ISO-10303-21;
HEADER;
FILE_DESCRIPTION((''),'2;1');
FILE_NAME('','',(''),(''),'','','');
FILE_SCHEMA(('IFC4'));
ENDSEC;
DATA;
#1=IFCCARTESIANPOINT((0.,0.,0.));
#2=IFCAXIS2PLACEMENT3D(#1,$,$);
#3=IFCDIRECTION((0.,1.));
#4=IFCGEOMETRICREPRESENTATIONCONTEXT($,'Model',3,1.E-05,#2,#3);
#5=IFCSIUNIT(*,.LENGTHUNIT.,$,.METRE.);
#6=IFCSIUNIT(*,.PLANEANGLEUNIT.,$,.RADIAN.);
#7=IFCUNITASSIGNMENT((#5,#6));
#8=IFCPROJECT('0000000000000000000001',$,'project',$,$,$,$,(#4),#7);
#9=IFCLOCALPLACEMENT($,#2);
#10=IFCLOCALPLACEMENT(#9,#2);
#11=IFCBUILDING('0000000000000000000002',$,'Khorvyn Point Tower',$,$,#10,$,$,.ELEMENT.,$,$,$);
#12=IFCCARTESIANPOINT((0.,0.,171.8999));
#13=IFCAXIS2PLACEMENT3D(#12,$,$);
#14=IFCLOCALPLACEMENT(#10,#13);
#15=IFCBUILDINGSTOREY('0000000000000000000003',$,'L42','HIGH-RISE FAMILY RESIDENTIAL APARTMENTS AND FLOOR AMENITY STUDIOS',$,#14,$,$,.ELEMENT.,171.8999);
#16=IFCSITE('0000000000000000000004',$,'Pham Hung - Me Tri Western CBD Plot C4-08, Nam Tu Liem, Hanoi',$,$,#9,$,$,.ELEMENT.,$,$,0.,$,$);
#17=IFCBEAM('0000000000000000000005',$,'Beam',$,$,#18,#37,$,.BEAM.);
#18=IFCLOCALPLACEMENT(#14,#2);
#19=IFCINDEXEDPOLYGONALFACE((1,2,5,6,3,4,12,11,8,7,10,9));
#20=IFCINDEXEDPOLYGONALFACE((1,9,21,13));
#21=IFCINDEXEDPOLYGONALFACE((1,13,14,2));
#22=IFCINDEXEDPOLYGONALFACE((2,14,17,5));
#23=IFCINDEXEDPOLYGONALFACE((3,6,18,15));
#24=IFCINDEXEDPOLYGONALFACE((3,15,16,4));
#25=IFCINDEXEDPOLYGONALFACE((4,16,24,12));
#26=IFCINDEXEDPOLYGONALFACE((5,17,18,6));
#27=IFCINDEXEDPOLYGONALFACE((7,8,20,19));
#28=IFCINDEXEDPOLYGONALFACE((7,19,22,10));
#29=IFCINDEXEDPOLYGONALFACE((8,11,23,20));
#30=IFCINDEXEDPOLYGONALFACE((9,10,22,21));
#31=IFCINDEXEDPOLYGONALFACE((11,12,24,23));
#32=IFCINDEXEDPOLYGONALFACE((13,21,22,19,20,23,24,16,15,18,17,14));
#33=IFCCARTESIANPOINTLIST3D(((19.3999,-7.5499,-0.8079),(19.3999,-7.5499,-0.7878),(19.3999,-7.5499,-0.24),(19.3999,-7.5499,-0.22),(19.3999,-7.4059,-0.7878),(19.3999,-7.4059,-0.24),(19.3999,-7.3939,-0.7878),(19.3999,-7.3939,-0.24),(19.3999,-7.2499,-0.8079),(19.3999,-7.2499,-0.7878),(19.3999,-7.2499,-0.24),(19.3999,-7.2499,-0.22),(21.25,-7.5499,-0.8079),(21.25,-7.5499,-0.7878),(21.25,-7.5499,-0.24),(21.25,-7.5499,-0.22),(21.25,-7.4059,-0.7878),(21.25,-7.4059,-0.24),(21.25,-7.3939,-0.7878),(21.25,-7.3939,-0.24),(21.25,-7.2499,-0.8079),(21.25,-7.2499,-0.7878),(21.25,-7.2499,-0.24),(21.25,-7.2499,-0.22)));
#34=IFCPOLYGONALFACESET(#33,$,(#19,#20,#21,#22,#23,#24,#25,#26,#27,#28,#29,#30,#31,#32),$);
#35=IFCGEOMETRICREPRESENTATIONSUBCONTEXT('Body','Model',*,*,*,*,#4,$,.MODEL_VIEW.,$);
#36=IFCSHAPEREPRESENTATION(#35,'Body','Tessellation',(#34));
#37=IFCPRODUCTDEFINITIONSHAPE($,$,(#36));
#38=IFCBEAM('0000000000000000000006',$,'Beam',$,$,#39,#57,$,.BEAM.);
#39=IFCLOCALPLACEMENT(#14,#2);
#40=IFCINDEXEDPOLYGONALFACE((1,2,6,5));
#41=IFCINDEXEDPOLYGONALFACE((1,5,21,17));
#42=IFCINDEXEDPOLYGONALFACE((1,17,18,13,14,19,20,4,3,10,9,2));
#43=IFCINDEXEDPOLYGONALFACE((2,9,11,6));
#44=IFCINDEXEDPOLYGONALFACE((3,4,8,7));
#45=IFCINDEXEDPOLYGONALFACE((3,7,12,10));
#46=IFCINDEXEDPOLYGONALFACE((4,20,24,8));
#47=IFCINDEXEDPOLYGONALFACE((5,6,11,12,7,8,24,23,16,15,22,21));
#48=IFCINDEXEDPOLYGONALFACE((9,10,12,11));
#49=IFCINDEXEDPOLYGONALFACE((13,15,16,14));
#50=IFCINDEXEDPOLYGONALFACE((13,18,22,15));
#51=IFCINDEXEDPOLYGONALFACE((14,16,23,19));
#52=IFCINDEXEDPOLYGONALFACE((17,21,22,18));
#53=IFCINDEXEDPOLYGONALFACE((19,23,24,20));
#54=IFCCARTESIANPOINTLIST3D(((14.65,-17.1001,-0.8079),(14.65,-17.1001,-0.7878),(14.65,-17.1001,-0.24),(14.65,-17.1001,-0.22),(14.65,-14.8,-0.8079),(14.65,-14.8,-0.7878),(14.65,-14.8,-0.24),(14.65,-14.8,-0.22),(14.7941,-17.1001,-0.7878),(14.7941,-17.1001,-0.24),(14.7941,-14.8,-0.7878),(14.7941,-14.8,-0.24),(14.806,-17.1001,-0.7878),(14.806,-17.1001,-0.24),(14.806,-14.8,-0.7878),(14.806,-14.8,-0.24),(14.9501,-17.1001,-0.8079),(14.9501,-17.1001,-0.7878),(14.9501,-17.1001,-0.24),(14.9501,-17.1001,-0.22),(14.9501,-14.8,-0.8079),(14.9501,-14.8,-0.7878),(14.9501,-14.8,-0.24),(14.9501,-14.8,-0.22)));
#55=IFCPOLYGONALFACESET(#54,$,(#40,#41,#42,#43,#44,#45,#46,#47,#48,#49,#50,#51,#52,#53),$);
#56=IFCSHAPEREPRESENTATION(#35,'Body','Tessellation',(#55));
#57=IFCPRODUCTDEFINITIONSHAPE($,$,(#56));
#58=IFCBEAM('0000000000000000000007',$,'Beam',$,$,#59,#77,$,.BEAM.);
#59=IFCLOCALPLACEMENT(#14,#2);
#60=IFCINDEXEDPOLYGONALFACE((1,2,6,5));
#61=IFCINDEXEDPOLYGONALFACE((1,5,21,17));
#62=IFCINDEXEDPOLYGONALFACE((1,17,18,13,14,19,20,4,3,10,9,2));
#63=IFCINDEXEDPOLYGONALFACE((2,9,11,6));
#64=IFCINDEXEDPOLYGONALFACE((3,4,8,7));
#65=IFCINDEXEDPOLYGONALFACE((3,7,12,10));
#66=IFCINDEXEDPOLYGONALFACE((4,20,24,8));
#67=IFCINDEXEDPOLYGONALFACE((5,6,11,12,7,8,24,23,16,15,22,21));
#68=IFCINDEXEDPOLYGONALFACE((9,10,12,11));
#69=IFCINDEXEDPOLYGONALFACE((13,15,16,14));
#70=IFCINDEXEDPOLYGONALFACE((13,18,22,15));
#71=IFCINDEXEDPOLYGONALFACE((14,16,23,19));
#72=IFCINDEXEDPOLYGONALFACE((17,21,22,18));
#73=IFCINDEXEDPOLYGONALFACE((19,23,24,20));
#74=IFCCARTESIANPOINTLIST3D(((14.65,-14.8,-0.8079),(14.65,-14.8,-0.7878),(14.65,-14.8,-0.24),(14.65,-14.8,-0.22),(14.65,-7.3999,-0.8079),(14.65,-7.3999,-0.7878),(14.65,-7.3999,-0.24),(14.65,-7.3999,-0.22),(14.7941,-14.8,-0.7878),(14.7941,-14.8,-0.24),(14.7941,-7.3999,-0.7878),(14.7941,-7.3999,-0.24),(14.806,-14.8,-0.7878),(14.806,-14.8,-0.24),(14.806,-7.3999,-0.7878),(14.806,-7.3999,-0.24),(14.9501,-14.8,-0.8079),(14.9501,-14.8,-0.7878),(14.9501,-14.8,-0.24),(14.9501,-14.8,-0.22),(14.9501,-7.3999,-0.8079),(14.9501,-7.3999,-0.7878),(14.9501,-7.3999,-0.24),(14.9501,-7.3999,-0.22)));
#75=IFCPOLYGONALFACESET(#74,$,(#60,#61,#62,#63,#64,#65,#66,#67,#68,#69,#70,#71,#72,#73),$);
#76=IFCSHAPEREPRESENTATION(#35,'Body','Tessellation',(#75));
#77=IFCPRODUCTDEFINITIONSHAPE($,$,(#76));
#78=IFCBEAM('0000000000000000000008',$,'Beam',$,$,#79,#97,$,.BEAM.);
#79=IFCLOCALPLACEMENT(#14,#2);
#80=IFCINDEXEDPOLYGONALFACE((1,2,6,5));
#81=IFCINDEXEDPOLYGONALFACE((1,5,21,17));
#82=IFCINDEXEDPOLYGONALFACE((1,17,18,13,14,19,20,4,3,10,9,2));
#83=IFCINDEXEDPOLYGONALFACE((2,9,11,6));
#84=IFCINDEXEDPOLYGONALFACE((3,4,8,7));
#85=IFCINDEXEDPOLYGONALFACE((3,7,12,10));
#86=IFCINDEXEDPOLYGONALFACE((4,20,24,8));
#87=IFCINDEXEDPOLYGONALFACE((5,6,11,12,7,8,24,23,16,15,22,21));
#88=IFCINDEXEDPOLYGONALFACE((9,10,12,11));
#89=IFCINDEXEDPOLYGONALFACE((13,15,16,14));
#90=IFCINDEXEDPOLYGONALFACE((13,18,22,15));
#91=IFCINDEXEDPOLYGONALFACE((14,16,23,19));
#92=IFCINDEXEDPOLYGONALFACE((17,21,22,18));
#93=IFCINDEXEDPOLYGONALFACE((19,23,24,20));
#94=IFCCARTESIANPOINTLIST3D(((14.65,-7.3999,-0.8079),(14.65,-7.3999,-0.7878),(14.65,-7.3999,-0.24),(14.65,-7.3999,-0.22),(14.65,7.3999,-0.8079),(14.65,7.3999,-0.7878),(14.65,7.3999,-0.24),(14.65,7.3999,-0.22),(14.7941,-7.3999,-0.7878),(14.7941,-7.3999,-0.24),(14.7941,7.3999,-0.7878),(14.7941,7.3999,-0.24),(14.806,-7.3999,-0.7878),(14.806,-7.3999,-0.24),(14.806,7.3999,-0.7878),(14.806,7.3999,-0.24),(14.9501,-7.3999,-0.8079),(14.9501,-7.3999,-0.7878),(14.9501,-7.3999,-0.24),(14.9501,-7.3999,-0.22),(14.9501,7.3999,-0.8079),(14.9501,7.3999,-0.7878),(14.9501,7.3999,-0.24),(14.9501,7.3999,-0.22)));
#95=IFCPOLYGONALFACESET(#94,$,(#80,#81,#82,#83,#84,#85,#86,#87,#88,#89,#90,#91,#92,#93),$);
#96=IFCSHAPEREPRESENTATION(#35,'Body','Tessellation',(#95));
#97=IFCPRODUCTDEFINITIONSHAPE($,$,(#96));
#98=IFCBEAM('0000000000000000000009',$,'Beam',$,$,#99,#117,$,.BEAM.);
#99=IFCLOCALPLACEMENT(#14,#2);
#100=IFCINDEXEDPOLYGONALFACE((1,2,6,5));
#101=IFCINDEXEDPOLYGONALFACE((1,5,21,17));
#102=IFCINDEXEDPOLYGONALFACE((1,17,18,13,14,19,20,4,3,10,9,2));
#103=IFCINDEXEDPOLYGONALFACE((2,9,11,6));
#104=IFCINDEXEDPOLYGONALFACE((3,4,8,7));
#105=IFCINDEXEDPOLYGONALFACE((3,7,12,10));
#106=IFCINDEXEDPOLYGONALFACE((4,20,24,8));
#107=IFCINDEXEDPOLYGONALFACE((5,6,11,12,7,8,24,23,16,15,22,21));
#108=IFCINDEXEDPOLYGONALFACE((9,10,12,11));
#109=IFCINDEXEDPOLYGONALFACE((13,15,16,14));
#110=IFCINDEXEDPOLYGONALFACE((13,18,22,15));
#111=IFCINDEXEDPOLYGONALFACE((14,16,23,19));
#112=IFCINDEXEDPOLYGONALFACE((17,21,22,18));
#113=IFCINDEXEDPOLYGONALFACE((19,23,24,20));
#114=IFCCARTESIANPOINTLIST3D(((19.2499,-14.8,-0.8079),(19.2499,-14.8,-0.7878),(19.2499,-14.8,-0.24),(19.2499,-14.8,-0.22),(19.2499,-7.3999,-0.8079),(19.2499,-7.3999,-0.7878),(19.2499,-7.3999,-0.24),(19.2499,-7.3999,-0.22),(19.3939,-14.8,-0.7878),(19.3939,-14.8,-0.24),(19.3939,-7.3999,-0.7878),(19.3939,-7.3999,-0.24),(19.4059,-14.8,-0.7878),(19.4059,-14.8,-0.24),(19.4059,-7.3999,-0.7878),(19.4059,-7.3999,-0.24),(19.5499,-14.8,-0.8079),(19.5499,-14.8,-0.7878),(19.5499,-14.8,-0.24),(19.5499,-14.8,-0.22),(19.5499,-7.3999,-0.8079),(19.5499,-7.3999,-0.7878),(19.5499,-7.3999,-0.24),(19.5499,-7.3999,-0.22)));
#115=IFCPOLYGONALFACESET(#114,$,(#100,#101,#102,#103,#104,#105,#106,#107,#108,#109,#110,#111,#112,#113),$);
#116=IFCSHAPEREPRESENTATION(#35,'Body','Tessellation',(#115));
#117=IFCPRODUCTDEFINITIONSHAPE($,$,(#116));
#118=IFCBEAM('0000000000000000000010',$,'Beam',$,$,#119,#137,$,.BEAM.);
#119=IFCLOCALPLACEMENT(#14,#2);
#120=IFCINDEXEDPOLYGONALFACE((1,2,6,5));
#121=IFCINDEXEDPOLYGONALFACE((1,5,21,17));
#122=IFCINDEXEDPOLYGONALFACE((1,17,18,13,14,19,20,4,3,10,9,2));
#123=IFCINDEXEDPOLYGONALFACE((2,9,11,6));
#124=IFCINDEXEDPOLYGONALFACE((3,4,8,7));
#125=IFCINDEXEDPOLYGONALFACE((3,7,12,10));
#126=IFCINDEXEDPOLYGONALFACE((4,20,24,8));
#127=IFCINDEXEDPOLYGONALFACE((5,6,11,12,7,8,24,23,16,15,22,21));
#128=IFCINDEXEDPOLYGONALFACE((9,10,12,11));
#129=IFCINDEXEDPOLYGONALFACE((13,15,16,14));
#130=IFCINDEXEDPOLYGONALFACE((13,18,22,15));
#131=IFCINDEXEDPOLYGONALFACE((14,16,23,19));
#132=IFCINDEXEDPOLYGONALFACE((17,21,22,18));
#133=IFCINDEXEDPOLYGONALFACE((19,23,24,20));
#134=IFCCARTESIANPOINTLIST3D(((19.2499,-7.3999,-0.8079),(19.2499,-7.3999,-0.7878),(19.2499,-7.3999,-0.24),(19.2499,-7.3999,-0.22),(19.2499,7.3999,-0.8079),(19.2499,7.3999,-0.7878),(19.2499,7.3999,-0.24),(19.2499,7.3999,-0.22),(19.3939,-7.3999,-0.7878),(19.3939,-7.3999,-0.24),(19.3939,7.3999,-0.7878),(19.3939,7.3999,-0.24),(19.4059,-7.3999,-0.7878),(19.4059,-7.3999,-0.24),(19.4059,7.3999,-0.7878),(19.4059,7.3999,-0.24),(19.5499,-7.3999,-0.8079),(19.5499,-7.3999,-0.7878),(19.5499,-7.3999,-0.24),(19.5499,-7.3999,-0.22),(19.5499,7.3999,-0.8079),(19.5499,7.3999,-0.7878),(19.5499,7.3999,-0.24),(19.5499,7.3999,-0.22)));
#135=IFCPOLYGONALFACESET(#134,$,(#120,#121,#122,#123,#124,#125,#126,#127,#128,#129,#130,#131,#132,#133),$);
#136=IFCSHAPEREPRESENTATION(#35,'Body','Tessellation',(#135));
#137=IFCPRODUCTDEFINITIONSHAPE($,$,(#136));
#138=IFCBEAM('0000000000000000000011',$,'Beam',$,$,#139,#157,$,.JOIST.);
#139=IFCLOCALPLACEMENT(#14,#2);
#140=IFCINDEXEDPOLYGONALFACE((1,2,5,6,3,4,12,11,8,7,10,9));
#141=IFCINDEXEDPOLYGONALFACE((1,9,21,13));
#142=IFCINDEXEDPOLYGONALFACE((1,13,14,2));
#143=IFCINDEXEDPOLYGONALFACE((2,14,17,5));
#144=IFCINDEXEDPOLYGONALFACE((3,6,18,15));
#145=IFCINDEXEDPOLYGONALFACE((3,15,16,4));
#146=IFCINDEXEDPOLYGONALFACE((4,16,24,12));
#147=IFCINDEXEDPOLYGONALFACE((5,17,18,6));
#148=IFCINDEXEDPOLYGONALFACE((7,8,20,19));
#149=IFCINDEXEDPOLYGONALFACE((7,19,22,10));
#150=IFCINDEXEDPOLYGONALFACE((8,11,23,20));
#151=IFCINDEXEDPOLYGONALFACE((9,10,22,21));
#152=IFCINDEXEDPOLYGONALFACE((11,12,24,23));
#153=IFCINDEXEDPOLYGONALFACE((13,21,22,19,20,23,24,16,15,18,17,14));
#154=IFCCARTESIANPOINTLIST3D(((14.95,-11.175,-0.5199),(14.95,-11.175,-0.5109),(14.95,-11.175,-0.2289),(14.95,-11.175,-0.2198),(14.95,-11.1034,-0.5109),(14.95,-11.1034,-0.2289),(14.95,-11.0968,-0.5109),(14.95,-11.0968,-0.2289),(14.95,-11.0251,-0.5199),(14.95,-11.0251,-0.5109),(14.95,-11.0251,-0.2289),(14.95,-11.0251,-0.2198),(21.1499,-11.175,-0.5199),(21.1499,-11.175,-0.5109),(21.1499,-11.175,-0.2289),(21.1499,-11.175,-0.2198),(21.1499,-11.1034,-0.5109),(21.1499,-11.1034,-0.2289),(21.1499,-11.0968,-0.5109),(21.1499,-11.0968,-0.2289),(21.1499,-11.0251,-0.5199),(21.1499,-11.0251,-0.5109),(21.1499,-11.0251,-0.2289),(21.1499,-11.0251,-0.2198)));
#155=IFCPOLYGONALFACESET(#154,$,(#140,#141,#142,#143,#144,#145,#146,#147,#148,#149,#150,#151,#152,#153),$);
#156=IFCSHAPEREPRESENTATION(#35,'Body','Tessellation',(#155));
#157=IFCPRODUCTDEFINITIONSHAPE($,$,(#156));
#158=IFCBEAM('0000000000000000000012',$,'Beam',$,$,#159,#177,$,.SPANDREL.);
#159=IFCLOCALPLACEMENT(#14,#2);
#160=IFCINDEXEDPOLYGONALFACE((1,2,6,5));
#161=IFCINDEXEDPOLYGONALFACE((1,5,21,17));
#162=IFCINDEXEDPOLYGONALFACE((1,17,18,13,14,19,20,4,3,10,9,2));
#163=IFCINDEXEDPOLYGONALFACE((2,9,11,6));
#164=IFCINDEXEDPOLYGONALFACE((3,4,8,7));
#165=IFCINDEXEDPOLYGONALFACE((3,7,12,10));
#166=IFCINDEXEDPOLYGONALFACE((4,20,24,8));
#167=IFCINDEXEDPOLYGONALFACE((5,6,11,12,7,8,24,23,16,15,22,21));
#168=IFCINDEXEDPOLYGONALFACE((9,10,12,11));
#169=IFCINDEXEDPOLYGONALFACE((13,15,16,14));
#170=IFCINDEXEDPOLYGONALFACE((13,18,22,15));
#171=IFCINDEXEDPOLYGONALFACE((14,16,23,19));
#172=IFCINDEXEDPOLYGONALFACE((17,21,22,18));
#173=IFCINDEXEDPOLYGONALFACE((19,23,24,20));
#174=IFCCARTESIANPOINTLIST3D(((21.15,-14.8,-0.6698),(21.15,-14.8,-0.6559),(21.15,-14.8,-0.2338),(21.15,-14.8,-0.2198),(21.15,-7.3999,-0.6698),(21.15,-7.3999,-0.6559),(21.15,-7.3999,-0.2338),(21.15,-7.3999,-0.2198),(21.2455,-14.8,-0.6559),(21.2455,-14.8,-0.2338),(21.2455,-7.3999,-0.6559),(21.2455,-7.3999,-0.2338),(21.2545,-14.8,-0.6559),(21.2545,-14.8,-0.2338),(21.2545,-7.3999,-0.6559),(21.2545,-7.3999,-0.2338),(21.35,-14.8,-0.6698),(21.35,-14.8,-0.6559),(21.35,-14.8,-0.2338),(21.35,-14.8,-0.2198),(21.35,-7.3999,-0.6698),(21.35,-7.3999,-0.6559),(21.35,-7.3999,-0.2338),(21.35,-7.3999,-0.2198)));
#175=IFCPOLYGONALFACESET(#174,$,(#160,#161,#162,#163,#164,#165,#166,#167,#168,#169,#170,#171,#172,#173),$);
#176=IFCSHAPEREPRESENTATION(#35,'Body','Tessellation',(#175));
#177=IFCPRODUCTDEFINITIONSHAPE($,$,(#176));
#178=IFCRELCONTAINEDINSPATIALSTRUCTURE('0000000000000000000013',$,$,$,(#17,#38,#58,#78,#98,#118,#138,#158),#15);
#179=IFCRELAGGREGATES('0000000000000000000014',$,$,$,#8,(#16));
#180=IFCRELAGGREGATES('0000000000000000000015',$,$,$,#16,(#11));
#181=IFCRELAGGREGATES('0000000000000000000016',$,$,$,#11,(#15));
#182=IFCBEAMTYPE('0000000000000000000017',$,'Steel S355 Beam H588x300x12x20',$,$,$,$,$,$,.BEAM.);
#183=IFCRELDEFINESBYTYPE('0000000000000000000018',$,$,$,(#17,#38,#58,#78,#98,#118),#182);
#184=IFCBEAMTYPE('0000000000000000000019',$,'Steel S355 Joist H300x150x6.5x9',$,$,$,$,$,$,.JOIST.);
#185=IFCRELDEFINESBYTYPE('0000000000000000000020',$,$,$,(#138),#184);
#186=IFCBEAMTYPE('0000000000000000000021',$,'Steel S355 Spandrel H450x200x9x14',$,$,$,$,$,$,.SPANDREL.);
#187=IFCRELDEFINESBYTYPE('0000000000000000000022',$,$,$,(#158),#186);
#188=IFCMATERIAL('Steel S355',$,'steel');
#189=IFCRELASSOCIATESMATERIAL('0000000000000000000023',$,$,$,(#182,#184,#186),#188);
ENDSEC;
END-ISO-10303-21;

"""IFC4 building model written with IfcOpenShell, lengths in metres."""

from ifc_helpers import new_model, si_unit, direction, frame, origin, origin_2d, place, context, subcontext, project, spatial, i_section, extrude, material, material_profile, profile_set, type_object, element, save


model = new_model("IFC4")

# Units and contexts
model_context = context("Model", 3, precision=1e-05, world=origin(), true_north=direction((0.0, 1.0)))
body_context = subcontext(model_context, "Body", "Model", "MODEL_VIEW")
ifc_project = project(units=[si_unit("LENGTHUNIT", "METRE"), si_unit("PLANEANGLEUNIT", "RADIAN")], contexts=[model_context])

# Site, building, storey
site_placement = place(None, origin())
site = spatial("IfcSite", under=ifc_project, at=site_placement, Name="Pham Hung - Me Tri Western CBD Plot C4-08, Nam Tu Liem, Hanoi", CompositionType="ELEMENT", RefElevation=0.0)
building_placement = place(site_placement, origin())
building = spatial("IfcBuilding", under=site, at=building_placement, Name="Khorvyn Point Tower", CompositionType="ELEMENT")
storey_placement = place(building_placement, frame((0.0, 0.0, 171.8999)))
storey = spatial("IfcBuildingStorey", under=building, at=storey_placement, Name="L42", Description="HIGH-RISE FAMILY RESIDENTIAL APARTMENTS AND FLOOR AMENITY STUDIOS", CompositionType="ELEMENT", Elevation=171.8999)

# Beams
ifc_material_1 = material(Name="Steel S355", Category="steel")
ifc_material_profile_1 = material_profile(ifc_material_1, i_section(OverallWidth=0.3, OverallDepth=0.5879, WebThickness=0.012, FlangeThickness=0.02, at=origin_2d()))
ifc_profile_set_1 = profile_set([ifc_material_profile_1], Name="Steel S355 H588x300x12x20")
beam_type_1 = type_object("IfcBeamType", Name="Steel S355 Beam H588x300x12x20", PredefinedType="BEAM", material=ifc_profile_set_1)
beam_1_placement = place(storey_placement, frame((19.3999, -7.3999, -0.5139), z_axis=(1.0, 0.0, 0.0), x_axis=(0.0, 1.0, 0.0)))
element("IfcBeam", 1, at=beam_1_placement, inside=storey, type_object=beam_type_1, Name="Beam", PredefinedType="BEAM", context=body_context, shape_type="SweptSolid", body=[
    extrude(i_section(OverallWidth=0.3, OverallDepth=0.5879, WebThickness=0.012, FlangeThickness=0.02, at=origin_2d()), origin(), (0.0, 0.0, 1.0), 1.8501),
])
beam_2_placement = place(storey_placement, frame((14.8, -17.1001, -0.5139), z_axis=(0.0, 1.0, 0.0), x_axis=(-1.0, 0.0, 0.0)))
element("IfcBeam", 2, at=beam_2_placement, inside=storey, type_object=beam_type_1, Name="Beam", PredefinedType="BEAM", context=body_context, shape_type="SweptSolid", body=[
    extrude(i_section(OverallWidth=0.3, OverallDepth=0.5879, WebThickness=0.012, FlangeThickness=0.02, at=origin_2d()), origin(), (0.0, 0.0, 1.0), 2.3),
])
beam_3_placement = place(storey_placement, frame((14.8, -14.8, -0.5139), z_axis=(0.0, 1.0, 0.0), x_axis=(-1.0, 0.0, 0.0)))
element("IfcBeam", 3, at=beam_3_placement, inside=storey, type_object=beam_type_1, Name="Beam", PredefinedType="BEAM", context=body_context, shape_type="SweptSolid", body=[
    extrude(i_section(OverallWidth=0.3, OverallDepth=0.5879, WebThickness=0.012, FlangeThickness=0.02, at=origin_2d()), origin(), (0.0, 0.0, 1.0), 7.4001),
])
beam_4_placement = place(storey_placement, frame((14.8, -7.3999, -0.5139), z_axis=(0.0, 1.0, 0.0), x_axis=(-1.0, 0.0, 0.0)))
element("IfcBeam", 4, at=beam_4_placement, inside=storey, type_object=beam_type_1, Name="Beam", PredefinedType="BEAM", context=body_context, shape_type="SweptSolid", body=[
    extrude(i_section(OverallWidth=0.3, OverallDepth=0.5879, WebThickness=0.012, FlangeThickness=0.02, at=origin_2d()), origin(), (0.0, 0.0, 1.0), 14.7998),
])
beam_5_placement = place(storey_placement, frame((19.3999, -14.8, -0.5139), z_axis=(0.0, 1.0, 0.0), x_axis=(-1.0, 0.0, 0.0)))
element("IfcBeam", 5, at=beam_5_placement, inside=storey, type_object=beam_type_1, Name="Beam", PredefinedType="BEAM", context=body_context, shape_type="SweptSolid", body=[
    extrude(i_section(OverallWidth=0.3, OverallDepth=0.5879, WebThickness=0.012, FlangeThickness=0.02, at=origin_2d()), origin(), (0.0, 0.0, 1.0), 7.4001),
])
beam_6_placement = place(storey_placement, frame((19.3999, -7.3999, -0.5139), z_axis=(0.0, 1.0, 0.0), x_axis=(-1.0, 0.0, 0.0)))
element("IfcBeam", 6, at=beam_6_placement, inside=storey, type_object=beam_type_1, Name="Beam", PredefinedType="BEAM", context=body_context, shape_type="SweptSolid", body=[
    extrude(i_section(OverallWidth=0.3, OverallDepth=0.5879, WebThickness=0.012, FlangeThickness=0.02, at=origin_2d()), origin(), (0.0, 0.0, 1.0), 14.7998),
])
ifc_material_profile_2 = material_profile(ifc_material_1, i_section(OverallWidth=0.1499, OverallDepth=0.3, WebThickness=0.0066, FlangeThickness=0.009, at=origin_2d()))
ifc_profile_set_2 = profile_set([ifc_material_profile_2], Name="Steel S355 H300x150x6.5x9")
beam_type_2 = type_object("IfcBeamType", Name="Steel S355 Joist H300x150x6.5x9", PredefinedType="JOIST", material=ifc_profile_set_2)
beam_7_placement = place(storey_placement, frame((14.95, -11.1001, -0.3699), z_axis=(1.0, 0.0, 0.0), x_axis=(0.0, 1.0, 0.0)))
element("IfcBeam", 7, at=beam_7_placement, inside=storey, type_object=beam_type_2, Name="Beam", PredefinedType="JOIST", context=body_context, shape_type="SweptSolid", body=[
    extrude(i_section(OverallWidth=0.1499, OverallDepth=0.3, WebThickness=0.0066, FlangeThickness=0.009, at=origin_2d()), origin(), (0.0, 0.0, 1.0), 6.2),
])
ifc_material_profile_3 = material_profile(ifc_material_1, i_section(OverallWidth=0.2, OverallDepth=0.45, WebThickness=0.009, FlangeThickness=0.0139, at=origin_2d()))
ifc_profile_set_3 = profile_set([ifc_material_profile_3], Name="Steel S355 H450x200x9x14")
beam_type_3 = type_object("IfcBeamType", Name="Steel S355 Spandrel H450x200x9x14", PredefinedType="SPANDREL", material=ifc_profile_set_3)
beam_8_placement = place(storey_placement, frame((21.25, -14.8, -0.4448), z_axis=(0.0, 1.0, 0.0), x_axis=(-1.0, 0.0, 0.0)))
element("IfcBeam", 8, at=beam_8_placement, inside=storey, type_object=beam_type_3, Name="Beam", PredefinedType="SPANDREL", context=body_context, shape_type="SweptSolid", body=[
    extrude(i_section(OverallWidth=0.2, OverallDepth=0.45, WebThickness=0.009, FlangeThickness=0.0139, at=origin_2d()), origin(), (0.0, 0.0, 1.0), 7.4001),
])

save(model, "model.ifc")
